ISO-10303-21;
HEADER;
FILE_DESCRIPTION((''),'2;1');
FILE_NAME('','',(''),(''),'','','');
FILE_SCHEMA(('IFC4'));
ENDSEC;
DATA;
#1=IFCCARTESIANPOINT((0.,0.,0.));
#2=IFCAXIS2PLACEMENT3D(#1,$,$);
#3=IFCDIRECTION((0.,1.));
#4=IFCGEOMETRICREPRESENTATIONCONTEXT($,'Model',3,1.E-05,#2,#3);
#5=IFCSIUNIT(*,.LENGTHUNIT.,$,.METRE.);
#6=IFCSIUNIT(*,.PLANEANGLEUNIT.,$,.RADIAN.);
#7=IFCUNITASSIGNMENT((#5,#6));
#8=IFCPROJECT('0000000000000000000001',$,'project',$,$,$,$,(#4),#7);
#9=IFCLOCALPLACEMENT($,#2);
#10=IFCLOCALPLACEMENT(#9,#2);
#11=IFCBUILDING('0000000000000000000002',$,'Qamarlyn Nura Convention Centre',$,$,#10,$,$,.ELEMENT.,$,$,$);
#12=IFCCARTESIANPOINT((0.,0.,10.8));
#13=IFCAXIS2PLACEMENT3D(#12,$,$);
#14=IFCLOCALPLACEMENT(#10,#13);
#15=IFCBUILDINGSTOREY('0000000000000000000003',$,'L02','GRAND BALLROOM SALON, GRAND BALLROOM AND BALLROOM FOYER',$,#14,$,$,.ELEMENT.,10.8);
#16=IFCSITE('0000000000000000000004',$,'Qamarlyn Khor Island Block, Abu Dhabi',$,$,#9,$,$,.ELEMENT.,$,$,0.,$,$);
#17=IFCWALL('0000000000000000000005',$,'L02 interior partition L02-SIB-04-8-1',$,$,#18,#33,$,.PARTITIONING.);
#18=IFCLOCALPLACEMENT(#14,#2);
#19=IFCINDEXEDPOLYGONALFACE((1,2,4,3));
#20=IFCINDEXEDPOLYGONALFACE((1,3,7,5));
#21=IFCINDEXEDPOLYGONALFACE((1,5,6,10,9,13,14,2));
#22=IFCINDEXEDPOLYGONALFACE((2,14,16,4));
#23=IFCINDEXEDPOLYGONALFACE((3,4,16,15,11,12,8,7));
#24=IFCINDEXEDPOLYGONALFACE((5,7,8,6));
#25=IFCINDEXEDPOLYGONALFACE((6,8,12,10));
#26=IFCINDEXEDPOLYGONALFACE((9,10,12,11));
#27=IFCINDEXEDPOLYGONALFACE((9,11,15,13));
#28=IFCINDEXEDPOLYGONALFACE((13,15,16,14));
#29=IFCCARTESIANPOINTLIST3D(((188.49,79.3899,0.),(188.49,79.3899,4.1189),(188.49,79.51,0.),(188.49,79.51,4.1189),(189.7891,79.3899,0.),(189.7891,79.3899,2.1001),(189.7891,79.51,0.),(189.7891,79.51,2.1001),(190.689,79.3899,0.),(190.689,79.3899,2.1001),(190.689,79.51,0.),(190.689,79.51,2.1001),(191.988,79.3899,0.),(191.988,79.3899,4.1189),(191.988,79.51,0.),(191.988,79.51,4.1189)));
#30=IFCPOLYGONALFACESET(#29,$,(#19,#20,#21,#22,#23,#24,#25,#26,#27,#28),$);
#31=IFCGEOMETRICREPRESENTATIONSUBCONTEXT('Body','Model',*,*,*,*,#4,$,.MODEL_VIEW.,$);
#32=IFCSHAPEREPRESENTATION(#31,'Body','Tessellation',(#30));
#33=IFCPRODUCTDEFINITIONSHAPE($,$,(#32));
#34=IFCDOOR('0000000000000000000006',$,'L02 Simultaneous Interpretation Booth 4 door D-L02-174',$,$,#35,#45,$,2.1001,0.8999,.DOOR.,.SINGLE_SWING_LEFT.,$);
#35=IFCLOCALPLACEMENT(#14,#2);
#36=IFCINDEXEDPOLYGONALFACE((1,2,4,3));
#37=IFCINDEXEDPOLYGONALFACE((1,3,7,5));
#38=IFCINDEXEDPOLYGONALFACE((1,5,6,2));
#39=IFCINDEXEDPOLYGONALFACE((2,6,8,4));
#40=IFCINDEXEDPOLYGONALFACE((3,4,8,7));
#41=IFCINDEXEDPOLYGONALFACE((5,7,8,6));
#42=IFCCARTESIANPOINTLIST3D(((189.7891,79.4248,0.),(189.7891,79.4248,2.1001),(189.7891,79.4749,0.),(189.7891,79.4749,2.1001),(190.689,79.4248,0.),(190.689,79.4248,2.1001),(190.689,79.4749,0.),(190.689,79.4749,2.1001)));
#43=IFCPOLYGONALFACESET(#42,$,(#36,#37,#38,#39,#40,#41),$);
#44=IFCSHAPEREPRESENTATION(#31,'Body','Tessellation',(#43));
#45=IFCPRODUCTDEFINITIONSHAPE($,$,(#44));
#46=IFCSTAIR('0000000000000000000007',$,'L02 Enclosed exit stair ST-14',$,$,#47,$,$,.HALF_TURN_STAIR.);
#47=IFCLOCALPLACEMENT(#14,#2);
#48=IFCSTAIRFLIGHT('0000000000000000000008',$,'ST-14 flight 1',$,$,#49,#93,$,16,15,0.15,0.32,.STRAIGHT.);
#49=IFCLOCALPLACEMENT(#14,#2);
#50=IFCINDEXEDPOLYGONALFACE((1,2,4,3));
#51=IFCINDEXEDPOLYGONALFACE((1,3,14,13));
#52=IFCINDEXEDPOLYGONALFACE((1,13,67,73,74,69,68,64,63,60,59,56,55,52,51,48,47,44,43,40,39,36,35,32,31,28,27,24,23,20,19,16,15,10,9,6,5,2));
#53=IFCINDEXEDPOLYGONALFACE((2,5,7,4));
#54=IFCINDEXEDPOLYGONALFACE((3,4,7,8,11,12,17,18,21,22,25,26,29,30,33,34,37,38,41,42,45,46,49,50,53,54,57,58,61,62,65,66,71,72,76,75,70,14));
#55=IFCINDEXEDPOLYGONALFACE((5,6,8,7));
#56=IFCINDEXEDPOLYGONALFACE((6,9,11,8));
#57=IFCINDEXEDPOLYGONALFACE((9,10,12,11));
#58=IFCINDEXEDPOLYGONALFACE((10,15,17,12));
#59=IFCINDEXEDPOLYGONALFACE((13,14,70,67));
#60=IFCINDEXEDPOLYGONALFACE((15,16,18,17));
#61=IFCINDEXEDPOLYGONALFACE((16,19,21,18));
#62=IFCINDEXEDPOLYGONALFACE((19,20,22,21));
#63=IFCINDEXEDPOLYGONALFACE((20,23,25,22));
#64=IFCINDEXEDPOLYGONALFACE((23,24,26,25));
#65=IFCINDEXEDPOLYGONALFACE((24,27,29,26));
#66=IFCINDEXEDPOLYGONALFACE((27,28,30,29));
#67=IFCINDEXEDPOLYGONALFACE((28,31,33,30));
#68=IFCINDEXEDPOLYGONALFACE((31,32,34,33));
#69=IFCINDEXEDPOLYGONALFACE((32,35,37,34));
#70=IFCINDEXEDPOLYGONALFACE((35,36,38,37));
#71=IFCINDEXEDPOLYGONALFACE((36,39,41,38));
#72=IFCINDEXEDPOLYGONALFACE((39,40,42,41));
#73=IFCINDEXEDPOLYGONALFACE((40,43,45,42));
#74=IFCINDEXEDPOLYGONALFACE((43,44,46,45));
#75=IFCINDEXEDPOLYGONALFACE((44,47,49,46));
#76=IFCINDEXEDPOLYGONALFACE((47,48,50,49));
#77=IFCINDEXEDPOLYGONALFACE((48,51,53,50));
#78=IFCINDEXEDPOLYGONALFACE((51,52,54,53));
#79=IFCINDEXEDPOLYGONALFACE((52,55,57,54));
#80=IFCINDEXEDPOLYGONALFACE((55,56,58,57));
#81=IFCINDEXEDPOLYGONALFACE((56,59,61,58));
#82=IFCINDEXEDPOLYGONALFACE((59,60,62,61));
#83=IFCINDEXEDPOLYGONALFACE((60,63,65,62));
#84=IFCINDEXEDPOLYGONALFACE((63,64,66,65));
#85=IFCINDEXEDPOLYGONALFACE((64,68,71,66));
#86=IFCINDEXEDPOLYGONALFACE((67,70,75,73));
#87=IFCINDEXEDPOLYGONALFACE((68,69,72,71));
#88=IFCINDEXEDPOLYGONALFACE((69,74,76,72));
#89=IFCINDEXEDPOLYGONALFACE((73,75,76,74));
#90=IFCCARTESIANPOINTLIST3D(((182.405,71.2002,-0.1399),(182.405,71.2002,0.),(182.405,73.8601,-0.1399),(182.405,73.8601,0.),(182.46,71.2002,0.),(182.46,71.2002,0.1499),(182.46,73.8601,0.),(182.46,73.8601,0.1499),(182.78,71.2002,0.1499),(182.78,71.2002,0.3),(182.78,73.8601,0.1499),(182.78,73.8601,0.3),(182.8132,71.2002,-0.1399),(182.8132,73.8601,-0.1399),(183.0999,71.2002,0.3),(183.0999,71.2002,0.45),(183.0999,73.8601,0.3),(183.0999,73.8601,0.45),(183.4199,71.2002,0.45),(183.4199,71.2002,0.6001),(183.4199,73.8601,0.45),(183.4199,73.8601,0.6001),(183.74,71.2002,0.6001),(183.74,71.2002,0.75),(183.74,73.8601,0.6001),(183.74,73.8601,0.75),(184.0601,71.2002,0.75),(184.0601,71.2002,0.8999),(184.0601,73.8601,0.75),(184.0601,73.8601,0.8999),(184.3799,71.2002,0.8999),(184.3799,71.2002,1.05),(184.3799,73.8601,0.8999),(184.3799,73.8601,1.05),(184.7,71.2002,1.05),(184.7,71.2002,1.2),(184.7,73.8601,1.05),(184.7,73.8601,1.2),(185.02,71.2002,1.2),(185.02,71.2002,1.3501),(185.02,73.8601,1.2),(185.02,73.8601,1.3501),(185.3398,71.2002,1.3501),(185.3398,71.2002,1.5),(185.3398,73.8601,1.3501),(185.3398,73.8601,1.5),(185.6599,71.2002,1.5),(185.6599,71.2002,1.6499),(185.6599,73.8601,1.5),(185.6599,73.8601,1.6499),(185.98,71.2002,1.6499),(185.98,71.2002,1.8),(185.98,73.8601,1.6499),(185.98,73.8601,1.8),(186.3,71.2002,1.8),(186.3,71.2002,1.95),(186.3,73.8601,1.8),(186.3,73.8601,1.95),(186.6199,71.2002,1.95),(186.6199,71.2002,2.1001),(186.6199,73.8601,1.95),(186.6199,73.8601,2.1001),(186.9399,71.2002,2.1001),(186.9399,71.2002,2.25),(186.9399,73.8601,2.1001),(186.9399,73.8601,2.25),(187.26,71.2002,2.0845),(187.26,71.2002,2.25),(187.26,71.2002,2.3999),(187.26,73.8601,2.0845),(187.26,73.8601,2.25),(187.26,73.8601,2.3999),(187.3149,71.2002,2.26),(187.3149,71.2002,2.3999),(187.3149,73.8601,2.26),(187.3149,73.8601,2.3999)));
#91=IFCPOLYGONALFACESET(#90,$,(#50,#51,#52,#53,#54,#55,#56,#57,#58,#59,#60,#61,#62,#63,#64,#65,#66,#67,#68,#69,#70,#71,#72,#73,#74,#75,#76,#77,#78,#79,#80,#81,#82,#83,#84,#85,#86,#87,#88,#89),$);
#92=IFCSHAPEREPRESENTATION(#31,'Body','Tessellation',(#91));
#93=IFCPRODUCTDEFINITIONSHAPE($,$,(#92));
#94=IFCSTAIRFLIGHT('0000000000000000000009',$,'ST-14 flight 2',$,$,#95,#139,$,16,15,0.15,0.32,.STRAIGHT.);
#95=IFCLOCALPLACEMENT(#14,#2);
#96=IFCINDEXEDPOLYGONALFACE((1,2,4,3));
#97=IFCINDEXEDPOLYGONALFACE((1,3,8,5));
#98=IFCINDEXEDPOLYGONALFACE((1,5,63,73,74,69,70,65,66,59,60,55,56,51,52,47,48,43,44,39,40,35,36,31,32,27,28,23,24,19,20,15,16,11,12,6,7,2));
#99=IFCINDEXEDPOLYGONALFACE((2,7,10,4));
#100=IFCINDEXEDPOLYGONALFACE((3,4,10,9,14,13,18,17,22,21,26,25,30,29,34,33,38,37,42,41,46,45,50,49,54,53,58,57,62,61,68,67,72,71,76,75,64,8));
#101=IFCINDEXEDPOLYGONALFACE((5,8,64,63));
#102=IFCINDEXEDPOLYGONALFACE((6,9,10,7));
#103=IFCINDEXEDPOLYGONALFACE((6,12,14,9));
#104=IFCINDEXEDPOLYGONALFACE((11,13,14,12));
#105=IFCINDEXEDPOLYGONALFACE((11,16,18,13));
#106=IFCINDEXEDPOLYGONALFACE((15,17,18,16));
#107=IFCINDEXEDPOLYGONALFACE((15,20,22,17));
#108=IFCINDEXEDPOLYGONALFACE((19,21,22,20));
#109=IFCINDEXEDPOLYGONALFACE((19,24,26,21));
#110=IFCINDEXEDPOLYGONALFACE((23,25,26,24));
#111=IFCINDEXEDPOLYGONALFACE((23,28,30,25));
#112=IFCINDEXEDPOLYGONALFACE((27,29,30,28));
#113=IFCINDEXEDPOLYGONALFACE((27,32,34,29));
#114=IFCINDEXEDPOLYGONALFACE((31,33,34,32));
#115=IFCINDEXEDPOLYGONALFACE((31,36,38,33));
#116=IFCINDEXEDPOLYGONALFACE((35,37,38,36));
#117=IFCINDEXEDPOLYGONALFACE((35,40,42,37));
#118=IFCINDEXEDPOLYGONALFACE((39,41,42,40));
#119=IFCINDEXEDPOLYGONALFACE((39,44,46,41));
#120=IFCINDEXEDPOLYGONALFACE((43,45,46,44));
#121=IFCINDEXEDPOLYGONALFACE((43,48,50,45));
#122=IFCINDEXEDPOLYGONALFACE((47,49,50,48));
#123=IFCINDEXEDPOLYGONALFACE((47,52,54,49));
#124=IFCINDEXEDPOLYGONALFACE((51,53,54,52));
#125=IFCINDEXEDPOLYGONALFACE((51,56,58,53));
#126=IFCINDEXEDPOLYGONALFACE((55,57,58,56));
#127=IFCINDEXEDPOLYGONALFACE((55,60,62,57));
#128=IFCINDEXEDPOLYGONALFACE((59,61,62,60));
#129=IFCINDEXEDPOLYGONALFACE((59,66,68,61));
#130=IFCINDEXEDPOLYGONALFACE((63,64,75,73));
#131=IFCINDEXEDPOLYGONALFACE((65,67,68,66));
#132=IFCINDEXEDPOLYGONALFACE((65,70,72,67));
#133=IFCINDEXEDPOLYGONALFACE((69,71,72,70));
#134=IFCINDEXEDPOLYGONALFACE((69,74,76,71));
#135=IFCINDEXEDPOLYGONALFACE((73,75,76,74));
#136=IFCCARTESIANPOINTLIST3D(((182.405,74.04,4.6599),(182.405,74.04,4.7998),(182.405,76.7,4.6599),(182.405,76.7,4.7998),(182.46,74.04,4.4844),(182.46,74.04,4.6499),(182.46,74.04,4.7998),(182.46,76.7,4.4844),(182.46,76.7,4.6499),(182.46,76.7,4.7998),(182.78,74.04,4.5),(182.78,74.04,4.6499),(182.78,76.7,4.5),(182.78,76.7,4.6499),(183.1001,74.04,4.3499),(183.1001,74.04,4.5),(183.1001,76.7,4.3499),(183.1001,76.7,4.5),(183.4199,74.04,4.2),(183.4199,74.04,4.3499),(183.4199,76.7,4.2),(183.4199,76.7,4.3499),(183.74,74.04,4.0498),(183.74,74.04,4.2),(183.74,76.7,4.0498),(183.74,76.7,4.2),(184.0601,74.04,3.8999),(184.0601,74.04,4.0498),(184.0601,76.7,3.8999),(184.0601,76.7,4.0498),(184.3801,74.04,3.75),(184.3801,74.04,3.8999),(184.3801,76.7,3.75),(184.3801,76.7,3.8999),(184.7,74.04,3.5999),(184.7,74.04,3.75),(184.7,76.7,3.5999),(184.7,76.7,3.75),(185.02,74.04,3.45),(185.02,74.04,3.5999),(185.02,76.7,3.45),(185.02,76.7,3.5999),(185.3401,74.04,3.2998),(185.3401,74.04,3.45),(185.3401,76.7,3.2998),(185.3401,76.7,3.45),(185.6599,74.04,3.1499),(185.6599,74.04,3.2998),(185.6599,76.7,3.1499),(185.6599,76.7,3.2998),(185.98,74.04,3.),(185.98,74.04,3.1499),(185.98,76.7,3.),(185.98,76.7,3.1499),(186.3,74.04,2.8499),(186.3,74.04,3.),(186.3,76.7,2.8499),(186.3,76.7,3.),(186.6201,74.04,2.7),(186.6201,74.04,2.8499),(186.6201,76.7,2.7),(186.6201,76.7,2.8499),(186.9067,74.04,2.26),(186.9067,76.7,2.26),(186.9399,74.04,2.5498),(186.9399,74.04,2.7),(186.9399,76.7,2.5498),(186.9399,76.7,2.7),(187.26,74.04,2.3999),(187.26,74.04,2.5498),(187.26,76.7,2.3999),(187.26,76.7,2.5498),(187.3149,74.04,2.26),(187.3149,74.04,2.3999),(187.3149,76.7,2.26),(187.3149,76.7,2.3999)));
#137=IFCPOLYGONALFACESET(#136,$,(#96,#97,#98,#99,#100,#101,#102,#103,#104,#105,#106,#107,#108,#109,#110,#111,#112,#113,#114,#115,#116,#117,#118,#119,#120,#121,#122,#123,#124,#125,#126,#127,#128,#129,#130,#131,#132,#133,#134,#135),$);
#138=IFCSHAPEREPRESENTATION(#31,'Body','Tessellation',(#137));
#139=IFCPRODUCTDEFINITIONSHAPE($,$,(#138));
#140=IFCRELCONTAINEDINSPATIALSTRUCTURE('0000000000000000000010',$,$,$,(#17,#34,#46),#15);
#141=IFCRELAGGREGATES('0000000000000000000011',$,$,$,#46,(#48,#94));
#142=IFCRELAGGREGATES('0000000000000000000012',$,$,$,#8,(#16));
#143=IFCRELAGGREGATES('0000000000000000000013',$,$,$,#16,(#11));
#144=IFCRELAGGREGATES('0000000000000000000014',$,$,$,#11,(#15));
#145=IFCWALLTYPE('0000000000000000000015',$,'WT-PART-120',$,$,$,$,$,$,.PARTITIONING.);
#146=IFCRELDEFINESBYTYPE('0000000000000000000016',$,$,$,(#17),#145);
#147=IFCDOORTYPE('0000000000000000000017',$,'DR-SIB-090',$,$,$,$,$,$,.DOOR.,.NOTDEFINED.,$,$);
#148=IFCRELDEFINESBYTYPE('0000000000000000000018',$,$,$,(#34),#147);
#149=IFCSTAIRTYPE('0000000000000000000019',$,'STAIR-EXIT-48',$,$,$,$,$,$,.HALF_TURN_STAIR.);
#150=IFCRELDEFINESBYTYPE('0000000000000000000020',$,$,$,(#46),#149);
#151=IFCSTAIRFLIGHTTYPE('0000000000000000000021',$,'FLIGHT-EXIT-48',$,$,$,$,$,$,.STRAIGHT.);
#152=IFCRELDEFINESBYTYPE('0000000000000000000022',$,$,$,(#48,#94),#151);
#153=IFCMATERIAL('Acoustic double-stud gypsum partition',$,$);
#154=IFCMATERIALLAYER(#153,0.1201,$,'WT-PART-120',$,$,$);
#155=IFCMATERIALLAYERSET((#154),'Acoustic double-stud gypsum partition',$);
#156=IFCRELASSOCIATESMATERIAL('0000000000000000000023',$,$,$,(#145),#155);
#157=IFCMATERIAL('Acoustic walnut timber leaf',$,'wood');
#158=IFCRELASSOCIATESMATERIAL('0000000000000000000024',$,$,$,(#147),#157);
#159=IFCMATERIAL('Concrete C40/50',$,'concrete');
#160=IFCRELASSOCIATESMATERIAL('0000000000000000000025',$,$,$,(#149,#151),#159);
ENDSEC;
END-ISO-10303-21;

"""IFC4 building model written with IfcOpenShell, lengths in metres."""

from ifc_helpers import new_model, si_unit, direction, frame, frame_2d, origin, place, context, subcontext, project, spatial, polyline, rectangle, outline, extrude, material, layer, layer_set, type_object, element, fill, aggregate, save


model = new_model("IFC4")

# Units and contexts
model_context = context("Model", 3, precision=1e-05, world=origin(), true_north=direction((0.0, 1.0)))
body_context = subcontext(model_context, "Body", "Model", "MODEL_VIEW")
ifc_project = project(units=[si_unit("LENGTHUNIT", "METRE"), si_unit("PLANEANGLEUNIT", "RADIAN")], contexts=[model_context])

# Site, building, storey
site_placement = place(None, origin())
site = spatial("IfcSite", under=ifc_project, at=site_placement, Name="Qamarlyn Khor Island Block, Abu Dhabi", CompositionType="ELEMENT", RefElevation=0.0)
building_placement = place(site_placement, origin())
building = spatial("IfcBuilding", under=site, at=building_placement, Name="Qamarlyn Nura Convention Centre", CompositionType="ELEMENT")
storey_placement = place(building_placement, frame((0.0, 0.0, 10.8)))
storey = spatial("IfcBuildingStorey", under=building, at=storey_placement, Name="L02", Description="GRAND BALLROOM SALON, GRAND BALLROOM AND BALLROOM FOYER", CompositionType="ELEMENT", Elevation=10.8)

# Shared definitions
ifc_material_1 = material(Name="Acoustic double-stud gypsum partition")
ifc_layer_1 = layer(ifc_material_1, 0.1201, Name="WT-PART-120")
ifc_layer_set_1 = layer_set([ifc_layer_1], Name="Acoustic double-stud gypsum partition")
wall_type_1 = type_object("IfcWallType", Name="WT-PART-120", PredefinedType="PARTITIONING", material=ifc_layer_set_1)

# Shared definitions
ifc_material_2 = material(Name="Acoustic walnut timber leaf", Category="wood")
door_type_1 = type_object("IfcDoorType", Name="DR-SIB-090", OperationType="NOTDEFINED", PredefinedType="DOOR", material=ifc_material_2)

# Wall, opening, door
wall_1_placement = place(storey_placement, frame((188.49, 79.45, 0.0), z_axis=(0.0, 0.0, 1.0), x_axis=(1.0, 0.0, 0.0)))
wall_1 = element("IfcWall", 1, at=wall_1_placement, inside=storey, type_object=wall_type_1, Name="L02 interior partition L02-SIB-04-8-1", PredefinedType="PARTITIONING", context=body_context, shape_type="SweptSolid", body=[
    extrude(rectangle(XDim=3.498, YDim=0.1201, at=frame_2d((1.749, 0.0))), origin(), (0.0, 0.0, 1.0), 4.1189),
])
opening_1_placement = place(wall_1_placement, frame((1.2991, 0.0, 0.0)))
opening_1 = element("IfcOpeningElement", 2, at=opening_1_placement, cuts=wall_1, PredefinedType="OPENING", context=body_context, shape_type="SweptSolid", body=[
    extrude(rectangle(XDim=0.8999, YDim=2.1001, at=frame_2d((0.45, 1.05))), frame((0.0, 0.0701, 0.0), z_axis=(0.0, -1.0, 0.0), x_axis=(1.0, 0.0, 0.0)), (0.0, 0.0, 1.0), 0.1401),
])
door_1_placement = place(opening_1_placement, origin())
door_1 = element("IfcDoor", 3, at=door_1_placement, inside=storey, type_object=door_type_1, Name="L02 Simultaneous Interpretation Booth 4 door D-L02-174", OperationType="SINGLE_SWING_LEFT", OverallHeight=2.1001, OverallWidth=0.8999, PredefinedType="DOOR", context=body_context, shape_type="SweptSolid", body=[
    extrude(rectangle(XDim=0.8999, YDim=2.1001, at=frame_2d((0.45, 1.05))), frame((0.0, 0.0249, 0.0), z_axis=(0.0, -1.0, 0.0), x_axis=(1.0, 0.0, 0.0)), (0.0, 0.0, 1.0), 0.05),
])
fill(opening_1, door_1)

# Stair, stair flights
ifc_material_3 = material(Name="Concrete C40/50", Category="concrete")
stair_type = type_object("IfcStairType", Name="STAIR-EXIT-48", PredefinedType="HALF_TURN_STAIR", material=ifc_material_3)
stair_placement = place(storey_placement, origin())
stair = element("IfcStair", 4, at=stair_placement, inside=storey, type_object=stair_type, Name="L02 Enclosed exit stair ST-14", PredefinedType="HALF_TURN_STAIR")
stair_flight_type = type_object("IfcStairFlightType", Name="FLIGHT-EXIT-48", PredefinedType="STRAIGHT", material=ifc_material_3)
stair_flight_1_placement = place(storey_placement, frame((182.46, 72.53, 0.0), z_axis=(0.0, 0.0, 1.0), x_axis=(1.0, 0.0, 0.0)))
stair_flight_1 = element("IfcStairFlight", 5, at=stair_flight_1_placement, type_object=stair_flight_type, Name="ST-14 flight 1", NumberOfRisers=16, NumberOfTreads=15, PredefinedType="STRAIGHT", RiserHeight=0.15, TreadLength=0.32, context=body_context, shape_type="SweptSolid", body=[
    extrude(outline(polyline([(-0.0549, 0.0), (0.0, 0.0), (0.0, 0.1499), (0.3201, 0.1499), (0.3201, 0.3), (0.6399, 0.3), (0.6399, 0.45), (0.96, 0.45), (0.96, 0.6001), (1.28, 0.6001), (1.28, 0.75), (1.6001, 0.75), (1.6001, 0.8999), (1.9199, 0.8999), (1.9199, 1.05), (2.24, 1.05), (2.24, 1.2), (2.5601, 1.2), (2.5601, 1.3501), (2.8799, 1.3501), (2.8799, 1.5), (3.2, 1.5), (3.2, 1.6499), (3.52, 1.6499), (3.52, 1.8), (3.8401, 1.8), (3.8401, 1.95), (4.1599, 1.95), (4.1599, 2.1001), (4.48, 2.1001), (4.48, 2.25), (4.8, 2.25), (4.8, 2.3999), (4.855, 2.3999), (4.855, 2.26), (4.8, 2.0845), (0.3533, -0.1399), (-0.0549, -0.1399), (-0.0549, 0.0)])), frame((0.0, 1.3301, 0.0), z_axis=(0.0, -1.0, 0.0), x_axis=(1.0, 0.0, 0.0)), (0.0, 0.0, 1.0), 2.6599),
])
stair_flight_2_placement = place(storey_placement, frame((187.26, 75.3701, 2.3999), z_axis=(0.0, 0.0, 1.0), x_axis=(-1.0, 0.0, 0.0)))
stair_flight_2 = element("IfcStairFlight", 6, at=stair_flight_2_placement, type_object=stair_flight_type, Name="ST-14 flight 2", NumberOfRisers=16, NumberOfTreads=15, PredefinedType="STRAIGHT", RiserHeight=0.15, TreadLength=0.32, context=body_context, shape_type="SweptSolid", body=[
    extrude(outline(polyline([(-0.0549, 0.0), (0.0, 0.0), (0.0, 0.1499), (0.3201, 0.1499), (0.3201, 0.3), (0.6399, 0.3), (0.6399, 0.45), (0.96, 0.45), (0.96, 0.6001), (1.28, 0.6001), (1.28, 0.75), (1.6001, 0.75), (1.6001, 0.8999), (1.9199, 0.8999), (1.9199, 1.05), (2.24, 1.05), (2.24, 1.2), (2.5601, 1.2), (2.5601, 1.3501), (2.8799, 1.3501), (2.8799, 1.5), (3.2, 1.5), (3.2, 1.6499), (3.52, 1.6499), (3.52, 1.8), (3.8401, 1.8), (3.8401, 1.95), (4.1599, 1.95), (4.1599, 2.1001), (4.48, 2.1001), (4.48, 2.25), (4.8, 2.25), (4.8, 2.3999), (4.855, 2.3999), (4.855, 2.26), (4.8, 2.0845), (0.3533, -0.1399), (-0.0549, -0.1399), (-0.0549, 0.0)])), frame((0.0, 1.3301, 0.0), z_axis=(0.0, -1.0, 0.0), x_axis=(1.0, 0.0, 0.0)), (0.0, 0.0, 1.0), 2.6599),
])
aggregate(stair, [stair_flight_1, stair_flight_2])

save(model, "model.ifc")
